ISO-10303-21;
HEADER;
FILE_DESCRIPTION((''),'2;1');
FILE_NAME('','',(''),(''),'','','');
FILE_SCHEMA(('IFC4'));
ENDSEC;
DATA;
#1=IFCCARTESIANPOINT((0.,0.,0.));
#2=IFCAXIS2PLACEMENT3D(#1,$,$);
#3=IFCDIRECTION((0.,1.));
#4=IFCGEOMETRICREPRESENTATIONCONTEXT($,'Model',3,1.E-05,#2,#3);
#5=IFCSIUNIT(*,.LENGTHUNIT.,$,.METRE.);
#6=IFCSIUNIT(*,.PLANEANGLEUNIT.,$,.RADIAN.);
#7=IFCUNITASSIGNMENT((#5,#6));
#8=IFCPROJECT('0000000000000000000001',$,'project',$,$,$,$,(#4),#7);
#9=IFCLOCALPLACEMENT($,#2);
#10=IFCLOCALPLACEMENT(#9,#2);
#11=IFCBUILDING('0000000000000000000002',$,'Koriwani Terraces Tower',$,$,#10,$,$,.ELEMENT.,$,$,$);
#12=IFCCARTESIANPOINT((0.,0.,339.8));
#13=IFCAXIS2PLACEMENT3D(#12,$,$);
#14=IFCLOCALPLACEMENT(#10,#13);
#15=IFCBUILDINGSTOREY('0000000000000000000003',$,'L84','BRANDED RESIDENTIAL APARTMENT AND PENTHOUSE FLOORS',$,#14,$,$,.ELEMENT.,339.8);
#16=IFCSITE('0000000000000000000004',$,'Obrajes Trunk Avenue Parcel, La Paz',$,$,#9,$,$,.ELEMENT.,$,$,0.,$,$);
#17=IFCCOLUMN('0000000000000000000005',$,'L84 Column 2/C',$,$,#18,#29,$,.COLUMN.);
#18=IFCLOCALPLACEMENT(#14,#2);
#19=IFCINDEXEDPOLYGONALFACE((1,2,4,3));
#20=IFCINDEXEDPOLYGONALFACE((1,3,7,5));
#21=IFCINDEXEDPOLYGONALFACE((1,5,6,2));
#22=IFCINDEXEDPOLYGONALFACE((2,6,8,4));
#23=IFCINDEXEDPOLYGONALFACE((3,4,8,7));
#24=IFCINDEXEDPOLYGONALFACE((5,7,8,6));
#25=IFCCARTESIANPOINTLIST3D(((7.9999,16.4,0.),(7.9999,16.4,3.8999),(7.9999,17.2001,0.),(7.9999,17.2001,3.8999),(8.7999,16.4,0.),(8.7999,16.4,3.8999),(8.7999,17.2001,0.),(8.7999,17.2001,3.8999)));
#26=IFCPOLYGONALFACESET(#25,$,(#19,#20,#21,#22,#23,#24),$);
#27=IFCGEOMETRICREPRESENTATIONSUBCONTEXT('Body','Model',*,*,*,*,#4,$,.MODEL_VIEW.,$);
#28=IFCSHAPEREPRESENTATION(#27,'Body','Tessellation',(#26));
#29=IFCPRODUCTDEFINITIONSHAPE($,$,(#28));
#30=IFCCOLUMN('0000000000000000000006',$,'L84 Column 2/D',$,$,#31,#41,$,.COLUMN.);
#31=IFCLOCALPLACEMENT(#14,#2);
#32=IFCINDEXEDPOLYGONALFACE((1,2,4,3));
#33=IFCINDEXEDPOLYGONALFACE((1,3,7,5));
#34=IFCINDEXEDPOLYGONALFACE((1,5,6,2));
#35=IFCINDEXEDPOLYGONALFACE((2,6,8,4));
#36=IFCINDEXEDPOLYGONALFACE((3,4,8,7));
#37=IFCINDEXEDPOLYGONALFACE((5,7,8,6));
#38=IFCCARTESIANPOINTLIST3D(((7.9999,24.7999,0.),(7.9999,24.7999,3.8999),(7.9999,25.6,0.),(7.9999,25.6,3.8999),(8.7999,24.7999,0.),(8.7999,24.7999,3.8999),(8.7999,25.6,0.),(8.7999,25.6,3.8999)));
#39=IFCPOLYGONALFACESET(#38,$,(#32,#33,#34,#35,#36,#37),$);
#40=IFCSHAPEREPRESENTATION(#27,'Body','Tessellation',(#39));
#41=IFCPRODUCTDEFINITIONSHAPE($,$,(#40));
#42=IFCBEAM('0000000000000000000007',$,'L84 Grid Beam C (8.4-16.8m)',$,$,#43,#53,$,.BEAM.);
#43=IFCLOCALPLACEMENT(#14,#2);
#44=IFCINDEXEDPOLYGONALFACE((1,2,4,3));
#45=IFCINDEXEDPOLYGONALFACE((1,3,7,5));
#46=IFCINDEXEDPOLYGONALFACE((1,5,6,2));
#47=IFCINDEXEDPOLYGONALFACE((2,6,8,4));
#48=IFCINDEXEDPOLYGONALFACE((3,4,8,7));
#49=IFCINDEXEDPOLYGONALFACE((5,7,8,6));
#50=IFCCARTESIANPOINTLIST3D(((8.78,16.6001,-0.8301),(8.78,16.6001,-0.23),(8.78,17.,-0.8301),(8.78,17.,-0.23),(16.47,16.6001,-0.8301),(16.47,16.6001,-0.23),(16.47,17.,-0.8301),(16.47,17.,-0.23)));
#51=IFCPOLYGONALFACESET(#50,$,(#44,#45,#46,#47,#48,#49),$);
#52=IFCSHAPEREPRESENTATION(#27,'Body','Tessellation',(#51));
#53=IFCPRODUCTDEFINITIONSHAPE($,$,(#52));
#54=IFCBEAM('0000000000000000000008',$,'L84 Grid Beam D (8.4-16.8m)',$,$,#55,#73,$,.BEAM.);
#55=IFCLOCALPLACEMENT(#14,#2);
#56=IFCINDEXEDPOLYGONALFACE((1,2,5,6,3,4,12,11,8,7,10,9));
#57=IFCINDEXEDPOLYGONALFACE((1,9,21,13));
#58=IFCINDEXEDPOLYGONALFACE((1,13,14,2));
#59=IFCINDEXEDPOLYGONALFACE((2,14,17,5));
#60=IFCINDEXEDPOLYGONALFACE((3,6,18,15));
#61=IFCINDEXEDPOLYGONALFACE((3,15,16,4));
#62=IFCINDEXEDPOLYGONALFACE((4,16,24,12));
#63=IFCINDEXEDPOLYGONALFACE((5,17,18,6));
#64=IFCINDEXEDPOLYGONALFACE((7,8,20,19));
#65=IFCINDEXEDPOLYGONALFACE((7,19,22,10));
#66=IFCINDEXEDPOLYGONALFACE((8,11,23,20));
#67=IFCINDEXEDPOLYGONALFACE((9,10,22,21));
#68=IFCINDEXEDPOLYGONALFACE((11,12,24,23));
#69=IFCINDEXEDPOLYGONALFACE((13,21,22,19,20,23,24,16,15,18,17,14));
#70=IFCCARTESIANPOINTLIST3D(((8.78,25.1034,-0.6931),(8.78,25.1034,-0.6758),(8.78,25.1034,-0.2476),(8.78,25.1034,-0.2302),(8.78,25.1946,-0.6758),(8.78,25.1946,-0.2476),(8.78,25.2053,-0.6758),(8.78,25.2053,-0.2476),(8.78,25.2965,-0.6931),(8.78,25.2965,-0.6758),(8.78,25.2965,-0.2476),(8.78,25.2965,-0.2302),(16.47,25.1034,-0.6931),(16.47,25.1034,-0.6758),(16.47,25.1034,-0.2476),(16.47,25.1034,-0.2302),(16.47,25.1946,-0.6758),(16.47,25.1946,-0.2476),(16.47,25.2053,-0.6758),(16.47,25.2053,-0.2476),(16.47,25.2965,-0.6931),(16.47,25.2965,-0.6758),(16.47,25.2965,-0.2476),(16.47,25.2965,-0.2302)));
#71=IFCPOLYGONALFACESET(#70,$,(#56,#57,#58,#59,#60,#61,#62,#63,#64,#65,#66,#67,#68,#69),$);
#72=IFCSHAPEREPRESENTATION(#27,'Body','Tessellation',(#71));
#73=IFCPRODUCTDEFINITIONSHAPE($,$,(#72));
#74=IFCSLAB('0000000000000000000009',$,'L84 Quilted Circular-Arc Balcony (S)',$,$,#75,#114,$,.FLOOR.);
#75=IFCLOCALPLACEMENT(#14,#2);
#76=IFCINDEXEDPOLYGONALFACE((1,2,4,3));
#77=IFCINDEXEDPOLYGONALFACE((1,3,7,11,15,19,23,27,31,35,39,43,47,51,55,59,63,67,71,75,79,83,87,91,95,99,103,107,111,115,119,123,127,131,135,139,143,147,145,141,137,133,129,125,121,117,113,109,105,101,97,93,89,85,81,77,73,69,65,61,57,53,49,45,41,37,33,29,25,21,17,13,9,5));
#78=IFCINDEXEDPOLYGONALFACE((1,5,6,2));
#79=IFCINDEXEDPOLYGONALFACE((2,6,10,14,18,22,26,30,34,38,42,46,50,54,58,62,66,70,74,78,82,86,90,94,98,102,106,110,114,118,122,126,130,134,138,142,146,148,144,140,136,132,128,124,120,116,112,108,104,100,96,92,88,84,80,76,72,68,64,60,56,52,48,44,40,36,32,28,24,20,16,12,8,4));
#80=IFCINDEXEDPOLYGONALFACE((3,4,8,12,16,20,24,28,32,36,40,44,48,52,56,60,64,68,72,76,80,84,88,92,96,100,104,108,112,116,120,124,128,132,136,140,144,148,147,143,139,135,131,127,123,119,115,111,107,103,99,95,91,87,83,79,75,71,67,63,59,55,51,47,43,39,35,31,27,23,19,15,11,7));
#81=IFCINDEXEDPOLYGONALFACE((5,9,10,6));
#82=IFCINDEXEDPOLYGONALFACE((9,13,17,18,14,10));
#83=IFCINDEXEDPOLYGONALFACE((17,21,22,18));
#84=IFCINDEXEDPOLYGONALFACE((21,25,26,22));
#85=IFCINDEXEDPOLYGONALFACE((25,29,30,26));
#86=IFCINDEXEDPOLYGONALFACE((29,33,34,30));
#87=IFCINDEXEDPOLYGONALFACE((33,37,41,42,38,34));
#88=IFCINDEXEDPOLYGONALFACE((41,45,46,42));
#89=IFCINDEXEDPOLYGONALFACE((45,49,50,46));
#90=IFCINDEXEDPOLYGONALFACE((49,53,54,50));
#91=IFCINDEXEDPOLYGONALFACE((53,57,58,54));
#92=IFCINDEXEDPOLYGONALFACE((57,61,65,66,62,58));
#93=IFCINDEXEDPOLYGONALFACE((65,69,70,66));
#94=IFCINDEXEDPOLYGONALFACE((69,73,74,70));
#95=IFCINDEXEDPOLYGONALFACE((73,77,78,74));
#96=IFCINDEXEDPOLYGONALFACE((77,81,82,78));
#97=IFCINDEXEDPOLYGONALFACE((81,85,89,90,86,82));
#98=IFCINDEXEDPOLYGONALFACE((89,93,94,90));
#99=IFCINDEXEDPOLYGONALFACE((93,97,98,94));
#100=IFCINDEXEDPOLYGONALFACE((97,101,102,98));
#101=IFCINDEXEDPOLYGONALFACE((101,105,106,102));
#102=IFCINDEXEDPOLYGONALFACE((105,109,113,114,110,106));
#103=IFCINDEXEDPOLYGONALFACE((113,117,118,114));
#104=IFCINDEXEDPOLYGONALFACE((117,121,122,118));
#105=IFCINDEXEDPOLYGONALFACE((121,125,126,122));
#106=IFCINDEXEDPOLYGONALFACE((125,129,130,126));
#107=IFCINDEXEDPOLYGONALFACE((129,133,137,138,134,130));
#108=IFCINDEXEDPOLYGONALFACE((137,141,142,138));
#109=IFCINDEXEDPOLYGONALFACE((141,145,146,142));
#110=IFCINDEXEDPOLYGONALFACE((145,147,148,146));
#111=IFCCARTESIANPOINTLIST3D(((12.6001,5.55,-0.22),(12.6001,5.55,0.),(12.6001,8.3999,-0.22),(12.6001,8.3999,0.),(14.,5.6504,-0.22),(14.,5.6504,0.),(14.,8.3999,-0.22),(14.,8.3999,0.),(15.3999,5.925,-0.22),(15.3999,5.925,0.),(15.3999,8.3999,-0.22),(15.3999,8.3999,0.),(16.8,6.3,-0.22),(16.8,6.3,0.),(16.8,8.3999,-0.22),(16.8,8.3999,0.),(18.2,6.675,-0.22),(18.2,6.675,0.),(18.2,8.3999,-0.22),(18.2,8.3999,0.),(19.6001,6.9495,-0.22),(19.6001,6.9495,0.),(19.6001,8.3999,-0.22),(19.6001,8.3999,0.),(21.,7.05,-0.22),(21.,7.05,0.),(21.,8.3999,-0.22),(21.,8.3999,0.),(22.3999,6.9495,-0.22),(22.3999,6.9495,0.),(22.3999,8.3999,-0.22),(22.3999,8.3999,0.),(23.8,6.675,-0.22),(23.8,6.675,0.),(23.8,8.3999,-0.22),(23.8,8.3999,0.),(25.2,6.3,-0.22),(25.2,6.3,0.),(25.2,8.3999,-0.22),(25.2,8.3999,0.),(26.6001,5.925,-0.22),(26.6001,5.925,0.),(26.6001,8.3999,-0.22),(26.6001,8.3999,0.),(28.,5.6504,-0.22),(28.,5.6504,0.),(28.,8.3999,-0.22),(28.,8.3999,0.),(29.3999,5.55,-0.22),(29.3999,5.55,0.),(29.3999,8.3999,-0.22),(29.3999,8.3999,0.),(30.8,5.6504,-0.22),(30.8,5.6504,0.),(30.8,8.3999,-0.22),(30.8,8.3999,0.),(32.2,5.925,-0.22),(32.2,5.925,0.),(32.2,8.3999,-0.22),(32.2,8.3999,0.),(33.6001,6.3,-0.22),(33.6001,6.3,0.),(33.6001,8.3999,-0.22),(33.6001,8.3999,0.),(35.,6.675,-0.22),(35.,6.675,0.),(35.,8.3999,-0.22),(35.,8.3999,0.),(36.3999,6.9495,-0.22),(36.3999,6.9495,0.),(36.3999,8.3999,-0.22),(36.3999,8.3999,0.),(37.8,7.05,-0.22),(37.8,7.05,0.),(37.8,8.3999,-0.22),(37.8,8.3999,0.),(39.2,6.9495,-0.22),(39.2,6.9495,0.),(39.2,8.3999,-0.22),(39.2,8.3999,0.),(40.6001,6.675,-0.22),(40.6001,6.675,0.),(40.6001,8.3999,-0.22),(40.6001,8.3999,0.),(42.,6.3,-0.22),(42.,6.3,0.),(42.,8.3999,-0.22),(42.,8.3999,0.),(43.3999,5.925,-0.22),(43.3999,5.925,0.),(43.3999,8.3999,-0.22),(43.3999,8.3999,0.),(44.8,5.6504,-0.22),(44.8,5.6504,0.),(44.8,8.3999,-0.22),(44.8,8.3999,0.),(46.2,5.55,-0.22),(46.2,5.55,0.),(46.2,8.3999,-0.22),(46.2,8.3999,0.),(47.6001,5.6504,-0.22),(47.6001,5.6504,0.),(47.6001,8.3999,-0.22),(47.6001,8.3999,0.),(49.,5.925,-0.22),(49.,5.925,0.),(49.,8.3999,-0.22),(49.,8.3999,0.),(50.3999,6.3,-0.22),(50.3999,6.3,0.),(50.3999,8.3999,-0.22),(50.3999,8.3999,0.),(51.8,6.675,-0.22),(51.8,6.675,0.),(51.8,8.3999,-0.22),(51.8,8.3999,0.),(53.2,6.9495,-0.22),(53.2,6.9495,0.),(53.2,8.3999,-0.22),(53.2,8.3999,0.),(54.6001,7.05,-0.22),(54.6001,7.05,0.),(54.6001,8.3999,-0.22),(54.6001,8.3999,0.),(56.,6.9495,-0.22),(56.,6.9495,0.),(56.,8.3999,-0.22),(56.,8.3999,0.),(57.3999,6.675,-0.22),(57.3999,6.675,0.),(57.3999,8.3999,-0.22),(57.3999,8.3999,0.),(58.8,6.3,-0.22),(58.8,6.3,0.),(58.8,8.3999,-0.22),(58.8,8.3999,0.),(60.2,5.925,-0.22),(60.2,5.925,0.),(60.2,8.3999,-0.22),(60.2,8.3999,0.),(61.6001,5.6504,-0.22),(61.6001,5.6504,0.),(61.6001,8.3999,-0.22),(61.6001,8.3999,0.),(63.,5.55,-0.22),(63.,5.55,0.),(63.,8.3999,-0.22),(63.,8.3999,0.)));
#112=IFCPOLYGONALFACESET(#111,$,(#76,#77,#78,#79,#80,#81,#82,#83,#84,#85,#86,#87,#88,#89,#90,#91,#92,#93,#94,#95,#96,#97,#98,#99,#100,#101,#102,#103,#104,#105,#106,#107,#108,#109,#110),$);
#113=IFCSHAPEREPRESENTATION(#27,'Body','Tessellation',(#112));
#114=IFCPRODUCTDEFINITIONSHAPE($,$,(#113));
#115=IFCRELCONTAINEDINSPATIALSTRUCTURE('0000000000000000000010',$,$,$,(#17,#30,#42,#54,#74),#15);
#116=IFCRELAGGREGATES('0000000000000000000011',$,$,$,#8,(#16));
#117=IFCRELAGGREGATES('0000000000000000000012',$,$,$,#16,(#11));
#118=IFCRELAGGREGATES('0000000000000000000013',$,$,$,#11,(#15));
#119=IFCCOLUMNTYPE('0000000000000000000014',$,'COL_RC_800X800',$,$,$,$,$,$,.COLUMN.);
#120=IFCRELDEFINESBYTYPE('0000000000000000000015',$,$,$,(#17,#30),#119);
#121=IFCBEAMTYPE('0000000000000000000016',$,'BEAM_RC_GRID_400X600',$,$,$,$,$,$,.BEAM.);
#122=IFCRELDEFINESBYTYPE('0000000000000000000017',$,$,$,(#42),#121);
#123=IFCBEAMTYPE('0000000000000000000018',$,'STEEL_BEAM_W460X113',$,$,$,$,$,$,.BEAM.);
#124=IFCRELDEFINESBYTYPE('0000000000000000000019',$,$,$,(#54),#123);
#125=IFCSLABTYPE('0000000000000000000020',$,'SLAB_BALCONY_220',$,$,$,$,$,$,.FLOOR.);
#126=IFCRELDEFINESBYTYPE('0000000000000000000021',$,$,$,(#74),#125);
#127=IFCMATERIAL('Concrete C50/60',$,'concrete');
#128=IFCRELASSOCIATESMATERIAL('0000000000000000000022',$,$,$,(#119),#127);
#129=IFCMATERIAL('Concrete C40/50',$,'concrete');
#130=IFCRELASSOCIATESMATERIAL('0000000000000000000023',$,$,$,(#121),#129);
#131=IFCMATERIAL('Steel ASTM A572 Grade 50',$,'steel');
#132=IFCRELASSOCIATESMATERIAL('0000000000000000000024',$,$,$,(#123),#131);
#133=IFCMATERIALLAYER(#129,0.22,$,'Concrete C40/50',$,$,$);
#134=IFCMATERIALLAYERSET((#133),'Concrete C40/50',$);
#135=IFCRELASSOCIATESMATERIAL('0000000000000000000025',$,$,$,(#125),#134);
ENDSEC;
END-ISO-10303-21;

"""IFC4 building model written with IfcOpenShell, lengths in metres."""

from ifc_helpers import new_model, si_unit, direction, frame, origin, origin_2d, place, context, subcontext, project, spatial, polyline, rectangle, i_section, outline, extrude, material, layer, layer_set, material_profile, profile_set, type_object, element, save


model = new_model("IFC4")

# Units and contexts
model_context = context("Model", 3, precision=1e-05, world=origin(), true_north=direction((0.0, 1.0)))
body_context = subcontext(model_context, "Body", "Model", "MODEL_VIEW")
ifc_project = project(units=[si_unit("LENGTHUNIT", "METRE"), si_unit("PLANEANGLEUNIT", "RADIAN")], contexts=[model_context])

# Site, building, storey
site_placement = place(None, origin())
site = spatial("IfcSite", under=ifc_project, at=site_placement, Name="Obrajes Trunk Avenue Parcel, La Paz", CompositionType="ELEMENT", RefElevation=0.0)
building_placement = place(site_placement, origin())
building = spatial("IfcBuilding", under=site, at=building_placement, Name="Koriwani Terraces Tower", CompositionType="ELEMENT")
storey_placement = place(building_placement, frame((0.0, 0.0, 339.8)))
storey = spatial("IfcBuildingStorey", under=building, at=storey_placement, Name="L84", Description="BRANDED RESIDENTIAL APARTMENT AND PENTHOUSE FLOORS", CompositionType="ELEMENT", Elevation=339.8)

# Columns
ifc_material_1 = material(Name="Concrete C50/60", Category="concrete")
ifc_material_profile_1 = material_profile(ifc_material_1, rectangle(XDim=0.8, YDim=0.8, at=origin_2d()), Name="Concrete C50/60", Category="LoadBearing")
ifc_profile_set_1 = profile_set([ifc_material_profile_1], Name="Concrete C50/60")
column_type = type_object("IfcColumnType", Name="COL_RC_800X800", PredefinedType="COLUMN", material=ifc_profile_set_1)
for number, where, z_axis, x_axis, name in (
    (1, (8.3999, 16.8, 0.0), (0.0, 0.0, 1.0), (1.0, 0.0, 0.0), "L84 Column 2/C"),
    (2, (8.3999, 25.2, 0.0), (0.0, 0.0, 1.0), (1.0, 0.0, 0.0), "L84 Column 2/D"),
):
    element("IfcColumn", number, at=place(storey_placement, frame(where, z_axis=z_axis, x_axis=x_axis)), inside=storey, type_object=column_type, Name=name, PredefinedType="COLUMN", context=body_context, shape_type="SweptSolid", body=[
        extrude(rectangle(XDim=0.8, YDim=0.8, at=origin_2d()), origin(), (0.0, 0.0, 1.0), 3.8999),
    ])

# Beams
ifc_material_2 = material(Name="Concrete C40/50", Category="concrete")
ifc_material_profile_2 = material_profile(ifc_material_2, rectangle(XDim=0.3999, YDim=0.6001, at=origin_2d()), Name="Concrete C40/50", Category="LoadBearing")
ifc_profile_set_2 = profile_set([ifc_material_profile_2], Name="Concrete C40/50")
beam_type_1 = type_object("IfcBeamType", Name="BEAM_RC_GRID_400X600", PredefinedType="BEAM", material=ifc_profile_set_2)
beam_1_placement = place(storey_placement, frame((8.78, 16.8, -0.53), z_axis=(1.0, 0.0, 0.0), x_axis=(0.0, 1.0, 0.0)))
element("IfcBeam", 3, at=beam_1_placement, inside=storey, type_object=beam_type_1, Name="L84 Grid Beam C (8.4-16.8m)", PredefinedType="BEAM", context=body_context, shape_type="SweptSolid", body=[
    extrude(rectangle(XDim=0.3999, YDim=0.6001, at=origin_2d()), origin(), (0.0, 0.0, 1.0), 7.6899),
])
ifc_material_3 = material(Name="Steel ASTM A572 Grade 50", Category="steel")
ifc_material_profile_3 = material_profile(ifc_material_3, i_section(OverallWidth=0.1931, OverallDepth=0.4629, WebThickness=0.0107, FlangeThickness=0.0173, at=origin_2d()), Name="Steel ASTM A572 Grade 50", Category="LoadBearing")
ifc_profile_set_3 = profile_set([ifc_material_profile_3], Name="Steel ASTM A572 Grade 50")
beam_type_2 = type_object("IfcBeamType", Name="STEEL_BEAM_W460X113", PredefinedType="BEAM", material=ifc_profile_set_3)
beam_2_placement = place(storey_placement, frame((8.78, 25.2, -0.4617), z_axis=(1.0, 0.0, 0.0), x_axis=(0.0, 1.0, 0.0)))
element("IfcBeam", 4, at=beam_2_placement, inside=storey, type_object=beam_type_2, Name="L84 Grid Beam D (8.4-16.8m)", PredefinedType="BEAM", context=body_context, shape_type="SweptSolid", body=[
    extrude(i_section(OverallWidth=0.1931, OverallDepth=0.4629, WebThickness=0.0107, FlangeThickness=0.0173, at=origin_2d()), origin(), (0.0, 0.0, 1.0), 7.6899),
])

# Slab
ifc_layer_1 = layer(ifc_material_2, 0.22, Name="Concrete C40/50")
ifc_layer_set_1 = layer_set([ifc_layer_1], Name="Concrete C40/50")
slab_type_1 = type_object("IfcSlabType", Name="SLAB_BALCONY_220", PredefinedType="FLOOR", material=ifc_layer_set_1)
slab_1_placement = place(storey_placement, frame((0.0, 0.0, -0.22)))
element("IfcSlab", 5, at=slab_1_placement, inside=storey, type_object=slab_type_1, Name="L84 Quilted Circular-Arc Balcony (S)", PredefinedType="FLOOR", context=body_context, shape_type="SweptSolid", body=[
    extrude(outline(polyline([(12.6001, 8.3999), (14.0, 8.3999), (15.3999, 8.3999), (16.8, 8.3999), (18.2, 8.3999), (19.6001, 8.3999), (21.0, 8.3999), (22.3999, 8.3999), (23.8, 8.3999), (25.2, 8.3999), (26.6001, 8.3999), (28.0, 8.3999), (29.3999, 8.3999), (30.8, 8.3999), (32.2, 8.3999), (33.6001, 8.3999), (35.0, 8.3999), (36.3999, 8.3999), (37.8, 8.3999), (39.2, 8.3999), (40.6001, 8.3999), (42.0, 8.3999), (43.3999, 8.3999), (44.8, 8.3999), (46.2, 8.3999), (47.6001, 8.3999), (49.0, 8.3999), (50.3999, 8.3999), (51.8, 8.3999), (53.2, 8.3999), (54.6001, 8.3999), (56.0, 8.3999), (57.3999, 8.3999), (58.8, 8.3999), (60.2, 8.3999), (61.6001, 8.3999), (63.0, 8.3999), (63.0, 5.55), (61.6001, 5.6504), (60.2, 5.925), (58.8, 6.3), (57.3999, 6.675), (56.0, 6.9495), (54.6001, 7.05), (53.2, 6.9495), (51.8, 6.675), (50.3999, 6.3), (49.0, 5.925), (47.6001, 5.6504), (46.2, 5.55), (44.8, 5.6504), (43.3999, 5.925), (42.0, 6.3), (40.6001, 6.675), (39.2, 6.9495), (37.8, 7.05), (36.3999, 6.9495), (35.0, 6.675), (33.6001, 6.3), (32.2, 5.925), (30.8, 5.6504), (29.3999, 5.55), (28.0, 5.6504), (26.6001, 5.925), (25.2, 6.3), (23.8, 6.675), (22.3999, 6.9495), (21.0, 7.05), (19.6001, 6.9495), (18.2, 6.675), (16.8, 6.3), (15.3999, 5.925), (14.0, 5.6504), (12.6001, 5.55), (12.6001, 8.3999)])), origin(), (0.0, 0.0, 1.0), 0.22),
])

save(model, "model.ifc")
